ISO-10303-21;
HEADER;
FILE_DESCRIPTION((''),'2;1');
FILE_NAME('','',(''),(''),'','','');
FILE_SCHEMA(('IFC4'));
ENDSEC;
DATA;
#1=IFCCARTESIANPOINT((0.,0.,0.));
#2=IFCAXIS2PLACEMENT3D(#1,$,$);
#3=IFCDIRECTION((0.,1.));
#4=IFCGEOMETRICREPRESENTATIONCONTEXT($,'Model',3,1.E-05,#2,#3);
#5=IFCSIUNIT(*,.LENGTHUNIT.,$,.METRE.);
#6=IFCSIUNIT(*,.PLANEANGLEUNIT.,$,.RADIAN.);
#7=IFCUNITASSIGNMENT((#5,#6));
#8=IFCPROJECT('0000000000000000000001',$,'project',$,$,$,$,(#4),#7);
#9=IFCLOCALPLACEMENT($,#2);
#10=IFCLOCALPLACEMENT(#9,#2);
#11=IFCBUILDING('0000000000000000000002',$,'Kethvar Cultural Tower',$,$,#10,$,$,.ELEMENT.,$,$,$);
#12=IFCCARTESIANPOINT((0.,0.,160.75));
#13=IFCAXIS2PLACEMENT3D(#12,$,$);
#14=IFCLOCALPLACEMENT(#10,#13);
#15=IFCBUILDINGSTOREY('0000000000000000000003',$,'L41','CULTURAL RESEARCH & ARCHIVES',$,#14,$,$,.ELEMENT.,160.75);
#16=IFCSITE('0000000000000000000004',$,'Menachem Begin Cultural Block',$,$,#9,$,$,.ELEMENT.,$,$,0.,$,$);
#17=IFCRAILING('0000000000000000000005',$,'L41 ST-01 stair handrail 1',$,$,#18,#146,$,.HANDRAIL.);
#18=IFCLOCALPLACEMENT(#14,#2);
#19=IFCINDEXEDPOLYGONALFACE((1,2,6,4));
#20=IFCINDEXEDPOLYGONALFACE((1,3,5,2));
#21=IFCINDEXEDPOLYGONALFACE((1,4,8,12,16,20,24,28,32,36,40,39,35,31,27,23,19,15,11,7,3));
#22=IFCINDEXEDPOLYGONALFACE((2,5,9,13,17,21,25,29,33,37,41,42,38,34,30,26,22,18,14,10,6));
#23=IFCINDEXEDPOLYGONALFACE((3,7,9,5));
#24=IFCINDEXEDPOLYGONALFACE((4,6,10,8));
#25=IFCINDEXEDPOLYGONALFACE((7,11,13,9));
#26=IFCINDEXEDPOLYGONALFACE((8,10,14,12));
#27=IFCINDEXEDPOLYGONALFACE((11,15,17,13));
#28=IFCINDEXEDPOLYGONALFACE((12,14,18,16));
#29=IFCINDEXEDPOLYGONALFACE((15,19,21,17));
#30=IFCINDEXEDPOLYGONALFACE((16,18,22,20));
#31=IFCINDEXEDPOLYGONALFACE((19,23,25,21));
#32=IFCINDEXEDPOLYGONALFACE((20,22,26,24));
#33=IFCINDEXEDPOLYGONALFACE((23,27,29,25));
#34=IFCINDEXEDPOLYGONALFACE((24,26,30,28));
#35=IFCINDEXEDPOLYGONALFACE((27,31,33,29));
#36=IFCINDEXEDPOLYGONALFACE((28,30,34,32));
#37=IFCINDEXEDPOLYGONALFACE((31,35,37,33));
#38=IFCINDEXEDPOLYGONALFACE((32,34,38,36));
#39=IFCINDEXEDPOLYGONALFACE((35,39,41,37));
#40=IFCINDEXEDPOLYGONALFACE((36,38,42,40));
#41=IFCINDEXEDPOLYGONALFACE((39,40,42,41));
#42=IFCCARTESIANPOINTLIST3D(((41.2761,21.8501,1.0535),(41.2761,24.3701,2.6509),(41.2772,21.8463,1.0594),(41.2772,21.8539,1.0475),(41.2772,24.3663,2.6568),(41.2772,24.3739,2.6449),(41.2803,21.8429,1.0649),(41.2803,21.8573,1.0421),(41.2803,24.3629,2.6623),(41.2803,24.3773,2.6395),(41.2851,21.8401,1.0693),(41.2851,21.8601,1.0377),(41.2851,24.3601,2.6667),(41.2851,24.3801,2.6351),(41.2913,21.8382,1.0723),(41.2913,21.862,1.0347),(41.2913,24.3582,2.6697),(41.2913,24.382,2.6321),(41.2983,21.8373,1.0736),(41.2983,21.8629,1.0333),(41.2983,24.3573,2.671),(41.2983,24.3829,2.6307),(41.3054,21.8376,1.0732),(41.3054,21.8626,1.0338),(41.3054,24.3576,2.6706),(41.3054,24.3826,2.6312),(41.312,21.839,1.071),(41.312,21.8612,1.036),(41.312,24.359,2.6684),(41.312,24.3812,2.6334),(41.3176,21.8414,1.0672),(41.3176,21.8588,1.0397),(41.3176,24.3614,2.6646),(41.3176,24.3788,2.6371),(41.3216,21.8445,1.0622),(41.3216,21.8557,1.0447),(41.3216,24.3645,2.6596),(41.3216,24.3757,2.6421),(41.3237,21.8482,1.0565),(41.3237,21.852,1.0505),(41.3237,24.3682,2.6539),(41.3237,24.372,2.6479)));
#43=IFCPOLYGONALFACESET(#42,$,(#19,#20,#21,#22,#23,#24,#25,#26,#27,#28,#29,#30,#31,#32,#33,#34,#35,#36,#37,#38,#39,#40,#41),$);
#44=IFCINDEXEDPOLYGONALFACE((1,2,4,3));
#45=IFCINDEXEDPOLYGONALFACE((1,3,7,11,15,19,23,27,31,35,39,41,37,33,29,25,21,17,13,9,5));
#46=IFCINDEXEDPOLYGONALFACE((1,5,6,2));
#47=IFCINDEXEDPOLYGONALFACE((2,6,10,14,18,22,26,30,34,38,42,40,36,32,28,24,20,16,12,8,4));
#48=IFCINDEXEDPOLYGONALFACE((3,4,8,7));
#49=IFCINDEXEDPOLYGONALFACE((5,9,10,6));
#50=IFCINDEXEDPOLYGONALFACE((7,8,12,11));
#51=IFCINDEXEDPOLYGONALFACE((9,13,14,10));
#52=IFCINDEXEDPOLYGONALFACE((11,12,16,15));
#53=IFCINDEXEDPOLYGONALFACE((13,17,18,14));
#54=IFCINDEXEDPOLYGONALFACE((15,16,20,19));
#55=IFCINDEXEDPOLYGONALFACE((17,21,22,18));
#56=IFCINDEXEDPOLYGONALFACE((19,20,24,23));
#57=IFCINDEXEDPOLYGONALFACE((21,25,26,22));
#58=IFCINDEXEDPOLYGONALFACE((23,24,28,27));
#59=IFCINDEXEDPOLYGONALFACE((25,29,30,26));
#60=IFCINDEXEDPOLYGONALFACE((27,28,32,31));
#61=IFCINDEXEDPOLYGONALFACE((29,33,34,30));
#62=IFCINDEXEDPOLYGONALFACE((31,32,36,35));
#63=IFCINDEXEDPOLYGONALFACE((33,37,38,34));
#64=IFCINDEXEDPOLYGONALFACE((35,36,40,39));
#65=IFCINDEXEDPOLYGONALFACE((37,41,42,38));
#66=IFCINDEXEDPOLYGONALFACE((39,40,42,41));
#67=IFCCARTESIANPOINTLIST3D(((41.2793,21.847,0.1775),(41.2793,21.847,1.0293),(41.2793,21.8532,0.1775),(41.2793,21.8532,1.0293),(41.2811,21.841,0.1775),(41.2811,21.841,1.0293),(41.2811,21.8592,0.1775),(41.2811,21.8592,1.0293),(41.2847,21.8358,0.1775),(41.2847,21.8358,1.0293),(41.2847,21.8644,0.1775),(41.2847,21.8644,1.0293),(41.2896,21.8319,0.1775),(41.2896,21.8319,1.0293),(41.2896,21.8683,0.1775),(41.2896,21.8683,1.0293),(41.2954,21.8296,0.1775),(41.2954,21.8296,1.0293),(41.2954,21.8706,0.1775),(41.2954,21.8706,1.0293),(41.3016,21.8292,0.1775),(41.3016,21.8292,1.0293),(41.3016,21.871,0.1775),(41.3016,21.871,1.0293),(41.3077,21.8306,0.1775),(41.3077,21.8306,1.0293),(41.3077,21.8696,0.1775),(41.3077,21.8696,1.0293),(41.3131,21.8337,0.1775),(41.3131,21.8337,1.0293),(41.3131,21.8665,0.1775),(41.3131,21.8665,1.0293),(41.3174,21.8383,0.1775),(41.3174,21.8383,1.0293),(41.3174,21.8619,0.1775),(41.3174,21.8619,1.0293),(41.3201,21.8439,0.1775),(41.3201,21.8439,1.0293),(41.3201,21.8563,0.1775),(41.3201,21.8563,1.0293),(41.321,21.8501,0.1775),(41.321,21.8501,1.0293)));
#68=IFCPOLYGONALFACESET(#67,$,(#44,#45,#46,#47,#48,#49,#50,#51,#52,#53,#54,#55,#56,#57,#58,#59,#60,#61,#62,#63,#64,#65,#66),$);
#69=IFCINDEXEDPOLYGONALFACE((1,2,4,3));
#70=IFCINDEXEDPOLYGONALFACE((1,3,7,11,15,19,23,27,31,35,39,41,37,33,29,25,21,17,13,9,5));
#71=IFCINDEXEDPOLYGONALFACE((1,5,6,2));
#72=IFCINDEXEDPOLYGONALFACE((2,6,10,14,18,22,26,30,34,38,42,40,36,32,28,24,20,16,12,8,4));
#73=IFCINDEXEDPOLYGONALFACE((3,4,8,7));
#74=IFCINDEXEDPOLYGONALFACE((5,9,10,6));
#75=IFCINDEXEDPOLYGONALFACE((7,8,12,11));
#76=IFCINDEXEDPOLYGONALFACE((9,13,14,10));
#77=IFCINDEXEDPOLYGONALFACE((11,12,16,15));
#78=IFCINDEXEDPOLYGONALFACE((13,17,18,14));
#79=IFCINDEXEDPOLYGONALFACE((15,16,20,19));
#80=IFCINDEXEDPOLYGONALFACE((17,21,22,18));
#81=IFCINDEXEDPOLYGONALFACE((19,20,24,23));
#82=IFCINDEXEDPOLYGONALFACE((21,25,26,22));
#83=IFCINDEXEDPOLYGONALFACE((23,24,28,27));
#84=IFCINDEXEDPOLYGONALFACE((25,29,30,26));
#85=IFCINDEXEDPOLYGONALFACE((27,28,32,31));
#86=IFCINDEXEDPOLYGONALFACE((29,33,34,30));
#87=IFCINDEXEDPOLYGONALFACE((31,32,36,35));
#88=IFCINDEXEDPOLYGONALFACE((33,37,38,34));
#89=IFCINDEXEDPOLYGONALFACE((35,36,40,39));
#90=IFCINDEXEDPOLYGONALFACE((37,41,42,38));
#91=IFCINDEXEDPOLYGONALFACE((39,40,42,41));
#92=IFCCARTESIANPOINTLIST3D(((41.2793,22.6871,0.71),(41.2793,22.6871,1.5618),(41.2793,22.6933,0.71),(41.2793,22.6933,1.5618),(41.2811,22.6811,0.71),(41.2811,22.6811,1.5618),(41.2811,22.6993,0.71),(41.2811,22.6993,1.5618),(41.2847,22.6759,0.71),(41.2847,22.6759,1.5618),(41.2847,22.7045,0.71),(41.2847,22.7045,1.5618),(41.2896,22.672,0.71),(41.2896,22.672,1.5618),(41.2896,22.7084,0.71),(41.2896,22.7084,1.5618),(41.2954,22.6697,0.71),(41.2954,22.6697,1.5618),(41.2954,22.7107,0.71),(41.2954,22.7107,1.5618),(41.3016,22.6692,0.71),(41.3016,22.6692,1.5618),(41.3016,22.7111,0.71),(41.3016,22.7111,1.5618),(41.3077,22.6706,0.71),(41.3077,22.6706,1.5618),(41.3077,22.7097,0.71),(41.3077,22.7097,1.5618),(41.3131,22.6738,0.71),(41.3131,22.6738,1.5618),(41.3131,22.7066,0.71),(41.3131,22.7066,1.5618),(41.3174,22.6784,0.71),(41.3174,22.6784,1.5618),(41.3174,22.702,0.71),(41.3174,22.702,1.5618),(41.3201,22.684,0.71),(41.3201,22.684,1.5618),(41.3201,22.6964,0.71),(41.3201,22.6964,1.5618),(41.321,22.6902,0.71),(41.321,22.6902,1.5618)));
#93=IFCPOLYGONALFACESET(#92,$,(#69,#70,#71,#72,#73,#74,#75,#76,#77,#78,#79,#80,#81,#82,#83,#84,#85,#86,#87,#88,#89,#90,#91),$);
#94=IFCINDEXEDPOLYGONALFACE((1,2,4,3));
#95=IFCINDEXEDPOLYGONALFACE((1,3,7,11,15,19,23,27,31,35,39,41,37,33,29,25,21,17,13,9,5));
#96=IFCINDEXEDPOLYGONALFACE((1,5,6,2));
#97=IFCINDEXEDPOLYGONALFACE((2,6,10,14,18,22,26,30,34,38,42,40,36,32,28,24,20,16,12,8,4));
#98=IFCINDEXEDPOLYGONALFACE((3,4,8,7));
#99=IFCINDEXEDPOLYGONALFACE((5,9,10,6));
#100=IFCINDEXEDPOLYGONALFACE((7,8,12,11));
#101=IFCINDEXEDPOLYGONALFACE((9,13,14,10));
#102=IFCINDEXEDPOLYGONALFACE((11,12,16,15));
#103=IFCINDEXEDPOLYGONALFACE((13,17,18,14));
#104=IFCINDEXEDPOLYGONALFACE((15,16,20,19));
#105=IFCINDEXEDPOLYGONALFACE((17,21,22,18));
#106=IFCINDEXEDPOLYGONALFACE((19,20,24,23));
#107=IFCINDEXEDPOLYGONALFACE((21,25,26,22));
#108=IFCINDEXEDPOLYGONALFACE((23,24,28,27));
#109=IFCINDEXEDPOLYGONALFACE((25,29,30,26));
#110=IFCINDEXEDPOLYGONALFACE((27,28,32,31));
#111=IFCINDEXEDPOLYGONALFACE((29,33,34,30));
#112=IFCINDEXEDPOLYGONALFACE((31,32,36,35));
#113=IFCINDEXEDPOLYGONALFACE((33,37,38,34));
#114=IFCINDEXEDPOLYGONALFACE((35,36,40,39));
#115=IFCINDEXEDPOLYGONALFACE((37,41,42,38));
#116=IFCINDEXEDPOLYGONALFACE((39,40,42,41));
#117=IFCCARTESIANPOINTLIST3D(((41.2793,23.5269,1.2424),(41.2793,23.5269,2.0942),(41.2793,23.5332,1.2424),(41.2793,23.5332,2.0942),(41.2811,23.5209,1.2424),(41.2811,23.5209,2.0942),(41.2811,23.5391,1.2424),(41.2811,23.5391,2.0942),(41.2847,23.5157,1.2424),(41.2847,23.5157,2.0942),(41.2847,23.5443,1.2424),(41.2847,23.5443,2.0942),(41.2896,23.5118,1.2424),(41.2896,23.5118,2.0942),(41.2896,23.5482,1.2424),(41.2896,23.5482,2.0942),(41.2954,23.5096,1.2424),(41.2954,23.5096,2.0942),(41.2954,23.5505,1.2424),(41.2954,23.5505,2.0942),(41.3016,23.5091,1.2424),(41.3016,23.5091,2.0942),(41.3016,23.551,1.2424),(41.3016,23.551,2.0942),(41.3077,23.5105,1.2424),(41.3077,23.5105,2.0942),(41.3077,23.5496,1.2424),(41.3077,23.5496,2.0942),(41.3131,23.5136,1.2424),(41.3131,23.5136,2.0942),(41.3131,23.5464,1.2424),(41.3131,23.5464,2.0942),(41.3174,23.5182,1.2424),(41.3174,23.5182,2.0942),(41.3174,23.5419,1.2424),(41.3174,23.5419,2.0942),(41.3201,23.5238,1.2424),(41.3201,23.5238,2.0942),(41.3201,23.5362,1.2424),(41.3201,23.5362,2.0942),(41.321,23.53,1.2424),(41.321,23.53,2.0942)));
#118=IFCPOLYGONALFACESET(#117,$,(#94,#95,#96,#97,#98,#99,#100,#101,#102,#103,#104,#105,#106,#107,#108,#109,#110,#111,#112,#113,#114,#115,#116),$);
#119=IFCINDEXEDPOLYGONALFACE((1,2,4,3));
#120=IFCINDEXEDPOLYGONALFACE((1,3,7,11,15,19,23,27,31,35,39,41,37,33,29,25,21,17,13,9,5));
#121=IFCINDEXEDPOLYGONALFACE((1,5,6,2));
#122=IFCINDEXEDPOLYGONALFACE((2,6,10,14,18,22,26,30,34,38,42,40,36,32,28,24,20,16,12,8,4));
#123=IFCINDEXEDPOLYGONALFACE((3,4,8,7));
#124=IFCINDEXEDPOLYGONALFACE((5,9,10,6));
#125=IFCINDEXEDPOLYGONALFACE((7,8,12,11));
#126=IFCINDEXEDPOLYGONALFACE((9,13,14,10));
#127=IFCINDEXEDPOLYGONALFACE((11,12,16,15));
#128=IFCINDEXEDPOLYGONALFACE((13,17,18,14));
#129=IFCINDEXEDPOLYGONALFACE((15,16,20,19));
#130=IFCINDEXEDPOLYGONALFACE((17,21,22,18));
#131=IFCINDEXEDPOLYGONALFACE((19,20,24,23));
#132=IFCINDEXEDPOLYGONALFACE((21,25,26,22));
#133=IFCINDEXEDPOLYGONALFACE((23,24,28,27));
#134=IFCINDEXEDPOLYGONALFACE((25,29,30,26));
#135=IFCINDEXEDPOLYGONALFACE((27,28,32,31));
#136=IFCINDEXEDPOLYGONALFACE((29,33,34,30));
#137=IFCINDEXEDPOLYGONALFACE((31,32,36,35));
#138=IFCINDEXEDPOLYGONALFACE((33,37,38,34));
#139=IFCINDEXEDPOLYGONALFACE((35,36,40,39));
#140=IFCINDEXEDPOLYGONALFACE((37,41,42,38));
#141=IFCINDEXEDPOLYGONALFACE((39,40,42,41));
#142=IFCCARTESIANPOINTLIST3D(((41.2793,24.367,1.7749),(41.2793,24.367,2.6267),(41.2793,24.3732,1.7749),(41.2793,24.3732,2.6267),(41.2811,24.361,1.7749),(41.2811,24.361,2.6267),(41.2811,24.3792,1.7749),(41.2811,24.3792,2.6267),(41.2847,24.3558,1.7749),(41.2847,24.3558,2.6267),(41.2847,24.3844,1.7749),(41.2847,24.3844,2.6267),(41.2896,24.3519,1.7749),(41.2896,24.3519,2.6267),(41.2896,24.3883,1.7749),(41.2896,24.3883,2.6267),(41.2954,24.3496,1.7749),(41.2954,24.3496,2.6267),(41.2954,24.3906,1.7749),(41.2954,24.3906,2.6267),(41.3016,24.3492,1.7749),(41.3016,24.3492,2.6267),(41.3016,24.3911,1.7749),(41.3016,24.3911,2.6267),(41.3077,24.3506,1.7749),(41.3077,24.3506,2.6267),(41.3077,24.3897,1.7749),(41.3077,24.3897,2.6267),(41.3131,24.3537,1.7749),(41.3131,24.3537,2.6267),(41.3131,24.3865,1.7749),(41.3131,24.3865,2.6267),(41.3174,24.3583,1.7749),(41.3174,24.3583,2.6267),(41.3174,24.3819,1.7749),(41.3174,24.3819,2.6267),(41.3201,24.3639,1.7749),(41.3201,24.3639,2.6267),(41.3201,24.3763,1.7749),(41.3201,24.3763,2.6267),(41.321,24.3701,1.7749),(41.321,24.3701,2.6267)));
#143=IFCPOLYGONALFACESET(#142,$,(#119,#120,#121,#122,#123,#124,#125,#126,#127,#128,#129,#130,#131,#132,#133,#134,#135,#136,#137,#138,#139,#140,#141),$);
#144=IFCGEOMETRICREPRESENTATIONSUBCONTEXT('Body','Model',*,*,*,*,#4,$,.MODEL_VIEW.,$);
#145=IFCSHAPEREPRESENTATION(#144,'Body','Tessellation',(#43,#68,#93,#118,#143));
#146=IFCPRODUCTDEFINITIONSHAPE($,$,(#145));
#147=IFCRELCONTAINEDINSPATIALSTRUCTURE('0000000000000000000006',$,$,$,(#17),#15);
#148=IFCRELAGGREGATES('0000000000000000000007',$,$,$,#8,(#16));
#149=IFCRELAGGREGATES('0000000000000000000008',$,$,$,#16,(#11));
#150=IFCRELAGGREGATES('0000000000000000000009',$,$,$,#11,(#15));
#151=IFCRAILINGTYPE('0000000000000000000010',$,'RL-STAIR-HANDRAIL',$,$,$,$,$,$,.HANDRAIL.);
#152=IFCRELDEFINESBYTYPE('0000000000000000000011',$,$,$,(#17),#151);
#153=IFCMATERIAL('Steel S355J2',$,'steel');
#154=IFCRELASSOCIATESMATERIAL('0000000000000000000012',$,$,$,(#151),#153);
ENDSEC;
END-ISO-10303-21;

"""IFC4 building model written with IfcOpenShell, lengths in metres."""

from ifc_helpers import new_model, si_unit, direction, frame, origin, origin_2d, place, context, subcontext, project, spatial, circle, extrude, material, type_object, element, save


model = new_model("IFC4")

# Units and contexts
model_context = context("Model", 3, precision=1e-05, world=origin(), true_north=direction((0.0, 1.0)))
body_context = subcontext(model_context, "Body", "Model", "MODEL_VIEW")
ifc_project = project(units=[si_unit("LENGTHUNIT", "METRE"), si_unit("PLANEANGLEUNIT", "RADIAN")], contexts=[model_context])

# Site, building, storey
site_placement = place(None, origin())
site = spatial("IfcSite", under=ifc_project, at=site_placement, Name="Menachem Begin Cultural Block", CompositionType="ELEMENT", RefElevation=0.0)
building_placement = place(site_placement, origin())
building = spatial("IfcBuilding", under=site, at=building_placement, Name="Kethvar Cultural Tower", CompositionType="ELEMENT")
storey_placement = place(building_placement, frame((0.0, 0.0, 160.75)))
storey = spatial("IfcBuildingStorey", under=building, at=storey_placement, Name="L41", Description="CULTURAL RESEARCH & ARCHIVES", CompositionType="ELEMENT", Elevation=160.75)

# Shared definitions
ifc_material_1 = material(Name="Steel S355J2", Category="steel")

# Railing
railing_type_1 = type_object("IfcRailingType", Name="RL-STAIR-HANDRAIL", PredefinedType="HANDRAIL", material=ifc_material_1)
railing_1_placement = place(storey_placement, frame((41.3, 21.8501, 0.1775)))
element("IfcRailing", 1, at=railing_1_placement, inside=storey, type_object=railing_type_1, Name="L41 ST-01 stair handrail 1", PredefinedType="HANDRAIL", context=body_context, shape_type="SweptSolid", body=[
    extrude(circle(Radius=0.0239, at=origin_2d()), frame((0.0, 0.0, 0.876), z_axis=(0.0, 0.844607, 0.535387), x_axis=(-1.0, 0.0, 0.0)), (0.0, 0.0, 1.0), 2.9836),
    extrude(circle(Radius=0.021, at=origin_2d()), origin(), (0.0, 0.0, 1.0), 0.8518),
    extrude(circle(Radius=0.021, at=origin_2d()), frame((0.0, 0.8401, 0.5325)), (0.0, 0.0, 1.0), 0.8518),
    extrude(circle(Radius=0.021, at=origin_2d()), frame((0.0, 1.6799, 1.0649)), (0.0, 0.0, 1.0), 0.8518),
    extrude(circle(Radius=0.021, at=origin_2d()), frame((0.0, 2.52, 1.5974)), (0.0, 0.0, 1.0), 0.8518),
])

save(model, "model.ifc")
